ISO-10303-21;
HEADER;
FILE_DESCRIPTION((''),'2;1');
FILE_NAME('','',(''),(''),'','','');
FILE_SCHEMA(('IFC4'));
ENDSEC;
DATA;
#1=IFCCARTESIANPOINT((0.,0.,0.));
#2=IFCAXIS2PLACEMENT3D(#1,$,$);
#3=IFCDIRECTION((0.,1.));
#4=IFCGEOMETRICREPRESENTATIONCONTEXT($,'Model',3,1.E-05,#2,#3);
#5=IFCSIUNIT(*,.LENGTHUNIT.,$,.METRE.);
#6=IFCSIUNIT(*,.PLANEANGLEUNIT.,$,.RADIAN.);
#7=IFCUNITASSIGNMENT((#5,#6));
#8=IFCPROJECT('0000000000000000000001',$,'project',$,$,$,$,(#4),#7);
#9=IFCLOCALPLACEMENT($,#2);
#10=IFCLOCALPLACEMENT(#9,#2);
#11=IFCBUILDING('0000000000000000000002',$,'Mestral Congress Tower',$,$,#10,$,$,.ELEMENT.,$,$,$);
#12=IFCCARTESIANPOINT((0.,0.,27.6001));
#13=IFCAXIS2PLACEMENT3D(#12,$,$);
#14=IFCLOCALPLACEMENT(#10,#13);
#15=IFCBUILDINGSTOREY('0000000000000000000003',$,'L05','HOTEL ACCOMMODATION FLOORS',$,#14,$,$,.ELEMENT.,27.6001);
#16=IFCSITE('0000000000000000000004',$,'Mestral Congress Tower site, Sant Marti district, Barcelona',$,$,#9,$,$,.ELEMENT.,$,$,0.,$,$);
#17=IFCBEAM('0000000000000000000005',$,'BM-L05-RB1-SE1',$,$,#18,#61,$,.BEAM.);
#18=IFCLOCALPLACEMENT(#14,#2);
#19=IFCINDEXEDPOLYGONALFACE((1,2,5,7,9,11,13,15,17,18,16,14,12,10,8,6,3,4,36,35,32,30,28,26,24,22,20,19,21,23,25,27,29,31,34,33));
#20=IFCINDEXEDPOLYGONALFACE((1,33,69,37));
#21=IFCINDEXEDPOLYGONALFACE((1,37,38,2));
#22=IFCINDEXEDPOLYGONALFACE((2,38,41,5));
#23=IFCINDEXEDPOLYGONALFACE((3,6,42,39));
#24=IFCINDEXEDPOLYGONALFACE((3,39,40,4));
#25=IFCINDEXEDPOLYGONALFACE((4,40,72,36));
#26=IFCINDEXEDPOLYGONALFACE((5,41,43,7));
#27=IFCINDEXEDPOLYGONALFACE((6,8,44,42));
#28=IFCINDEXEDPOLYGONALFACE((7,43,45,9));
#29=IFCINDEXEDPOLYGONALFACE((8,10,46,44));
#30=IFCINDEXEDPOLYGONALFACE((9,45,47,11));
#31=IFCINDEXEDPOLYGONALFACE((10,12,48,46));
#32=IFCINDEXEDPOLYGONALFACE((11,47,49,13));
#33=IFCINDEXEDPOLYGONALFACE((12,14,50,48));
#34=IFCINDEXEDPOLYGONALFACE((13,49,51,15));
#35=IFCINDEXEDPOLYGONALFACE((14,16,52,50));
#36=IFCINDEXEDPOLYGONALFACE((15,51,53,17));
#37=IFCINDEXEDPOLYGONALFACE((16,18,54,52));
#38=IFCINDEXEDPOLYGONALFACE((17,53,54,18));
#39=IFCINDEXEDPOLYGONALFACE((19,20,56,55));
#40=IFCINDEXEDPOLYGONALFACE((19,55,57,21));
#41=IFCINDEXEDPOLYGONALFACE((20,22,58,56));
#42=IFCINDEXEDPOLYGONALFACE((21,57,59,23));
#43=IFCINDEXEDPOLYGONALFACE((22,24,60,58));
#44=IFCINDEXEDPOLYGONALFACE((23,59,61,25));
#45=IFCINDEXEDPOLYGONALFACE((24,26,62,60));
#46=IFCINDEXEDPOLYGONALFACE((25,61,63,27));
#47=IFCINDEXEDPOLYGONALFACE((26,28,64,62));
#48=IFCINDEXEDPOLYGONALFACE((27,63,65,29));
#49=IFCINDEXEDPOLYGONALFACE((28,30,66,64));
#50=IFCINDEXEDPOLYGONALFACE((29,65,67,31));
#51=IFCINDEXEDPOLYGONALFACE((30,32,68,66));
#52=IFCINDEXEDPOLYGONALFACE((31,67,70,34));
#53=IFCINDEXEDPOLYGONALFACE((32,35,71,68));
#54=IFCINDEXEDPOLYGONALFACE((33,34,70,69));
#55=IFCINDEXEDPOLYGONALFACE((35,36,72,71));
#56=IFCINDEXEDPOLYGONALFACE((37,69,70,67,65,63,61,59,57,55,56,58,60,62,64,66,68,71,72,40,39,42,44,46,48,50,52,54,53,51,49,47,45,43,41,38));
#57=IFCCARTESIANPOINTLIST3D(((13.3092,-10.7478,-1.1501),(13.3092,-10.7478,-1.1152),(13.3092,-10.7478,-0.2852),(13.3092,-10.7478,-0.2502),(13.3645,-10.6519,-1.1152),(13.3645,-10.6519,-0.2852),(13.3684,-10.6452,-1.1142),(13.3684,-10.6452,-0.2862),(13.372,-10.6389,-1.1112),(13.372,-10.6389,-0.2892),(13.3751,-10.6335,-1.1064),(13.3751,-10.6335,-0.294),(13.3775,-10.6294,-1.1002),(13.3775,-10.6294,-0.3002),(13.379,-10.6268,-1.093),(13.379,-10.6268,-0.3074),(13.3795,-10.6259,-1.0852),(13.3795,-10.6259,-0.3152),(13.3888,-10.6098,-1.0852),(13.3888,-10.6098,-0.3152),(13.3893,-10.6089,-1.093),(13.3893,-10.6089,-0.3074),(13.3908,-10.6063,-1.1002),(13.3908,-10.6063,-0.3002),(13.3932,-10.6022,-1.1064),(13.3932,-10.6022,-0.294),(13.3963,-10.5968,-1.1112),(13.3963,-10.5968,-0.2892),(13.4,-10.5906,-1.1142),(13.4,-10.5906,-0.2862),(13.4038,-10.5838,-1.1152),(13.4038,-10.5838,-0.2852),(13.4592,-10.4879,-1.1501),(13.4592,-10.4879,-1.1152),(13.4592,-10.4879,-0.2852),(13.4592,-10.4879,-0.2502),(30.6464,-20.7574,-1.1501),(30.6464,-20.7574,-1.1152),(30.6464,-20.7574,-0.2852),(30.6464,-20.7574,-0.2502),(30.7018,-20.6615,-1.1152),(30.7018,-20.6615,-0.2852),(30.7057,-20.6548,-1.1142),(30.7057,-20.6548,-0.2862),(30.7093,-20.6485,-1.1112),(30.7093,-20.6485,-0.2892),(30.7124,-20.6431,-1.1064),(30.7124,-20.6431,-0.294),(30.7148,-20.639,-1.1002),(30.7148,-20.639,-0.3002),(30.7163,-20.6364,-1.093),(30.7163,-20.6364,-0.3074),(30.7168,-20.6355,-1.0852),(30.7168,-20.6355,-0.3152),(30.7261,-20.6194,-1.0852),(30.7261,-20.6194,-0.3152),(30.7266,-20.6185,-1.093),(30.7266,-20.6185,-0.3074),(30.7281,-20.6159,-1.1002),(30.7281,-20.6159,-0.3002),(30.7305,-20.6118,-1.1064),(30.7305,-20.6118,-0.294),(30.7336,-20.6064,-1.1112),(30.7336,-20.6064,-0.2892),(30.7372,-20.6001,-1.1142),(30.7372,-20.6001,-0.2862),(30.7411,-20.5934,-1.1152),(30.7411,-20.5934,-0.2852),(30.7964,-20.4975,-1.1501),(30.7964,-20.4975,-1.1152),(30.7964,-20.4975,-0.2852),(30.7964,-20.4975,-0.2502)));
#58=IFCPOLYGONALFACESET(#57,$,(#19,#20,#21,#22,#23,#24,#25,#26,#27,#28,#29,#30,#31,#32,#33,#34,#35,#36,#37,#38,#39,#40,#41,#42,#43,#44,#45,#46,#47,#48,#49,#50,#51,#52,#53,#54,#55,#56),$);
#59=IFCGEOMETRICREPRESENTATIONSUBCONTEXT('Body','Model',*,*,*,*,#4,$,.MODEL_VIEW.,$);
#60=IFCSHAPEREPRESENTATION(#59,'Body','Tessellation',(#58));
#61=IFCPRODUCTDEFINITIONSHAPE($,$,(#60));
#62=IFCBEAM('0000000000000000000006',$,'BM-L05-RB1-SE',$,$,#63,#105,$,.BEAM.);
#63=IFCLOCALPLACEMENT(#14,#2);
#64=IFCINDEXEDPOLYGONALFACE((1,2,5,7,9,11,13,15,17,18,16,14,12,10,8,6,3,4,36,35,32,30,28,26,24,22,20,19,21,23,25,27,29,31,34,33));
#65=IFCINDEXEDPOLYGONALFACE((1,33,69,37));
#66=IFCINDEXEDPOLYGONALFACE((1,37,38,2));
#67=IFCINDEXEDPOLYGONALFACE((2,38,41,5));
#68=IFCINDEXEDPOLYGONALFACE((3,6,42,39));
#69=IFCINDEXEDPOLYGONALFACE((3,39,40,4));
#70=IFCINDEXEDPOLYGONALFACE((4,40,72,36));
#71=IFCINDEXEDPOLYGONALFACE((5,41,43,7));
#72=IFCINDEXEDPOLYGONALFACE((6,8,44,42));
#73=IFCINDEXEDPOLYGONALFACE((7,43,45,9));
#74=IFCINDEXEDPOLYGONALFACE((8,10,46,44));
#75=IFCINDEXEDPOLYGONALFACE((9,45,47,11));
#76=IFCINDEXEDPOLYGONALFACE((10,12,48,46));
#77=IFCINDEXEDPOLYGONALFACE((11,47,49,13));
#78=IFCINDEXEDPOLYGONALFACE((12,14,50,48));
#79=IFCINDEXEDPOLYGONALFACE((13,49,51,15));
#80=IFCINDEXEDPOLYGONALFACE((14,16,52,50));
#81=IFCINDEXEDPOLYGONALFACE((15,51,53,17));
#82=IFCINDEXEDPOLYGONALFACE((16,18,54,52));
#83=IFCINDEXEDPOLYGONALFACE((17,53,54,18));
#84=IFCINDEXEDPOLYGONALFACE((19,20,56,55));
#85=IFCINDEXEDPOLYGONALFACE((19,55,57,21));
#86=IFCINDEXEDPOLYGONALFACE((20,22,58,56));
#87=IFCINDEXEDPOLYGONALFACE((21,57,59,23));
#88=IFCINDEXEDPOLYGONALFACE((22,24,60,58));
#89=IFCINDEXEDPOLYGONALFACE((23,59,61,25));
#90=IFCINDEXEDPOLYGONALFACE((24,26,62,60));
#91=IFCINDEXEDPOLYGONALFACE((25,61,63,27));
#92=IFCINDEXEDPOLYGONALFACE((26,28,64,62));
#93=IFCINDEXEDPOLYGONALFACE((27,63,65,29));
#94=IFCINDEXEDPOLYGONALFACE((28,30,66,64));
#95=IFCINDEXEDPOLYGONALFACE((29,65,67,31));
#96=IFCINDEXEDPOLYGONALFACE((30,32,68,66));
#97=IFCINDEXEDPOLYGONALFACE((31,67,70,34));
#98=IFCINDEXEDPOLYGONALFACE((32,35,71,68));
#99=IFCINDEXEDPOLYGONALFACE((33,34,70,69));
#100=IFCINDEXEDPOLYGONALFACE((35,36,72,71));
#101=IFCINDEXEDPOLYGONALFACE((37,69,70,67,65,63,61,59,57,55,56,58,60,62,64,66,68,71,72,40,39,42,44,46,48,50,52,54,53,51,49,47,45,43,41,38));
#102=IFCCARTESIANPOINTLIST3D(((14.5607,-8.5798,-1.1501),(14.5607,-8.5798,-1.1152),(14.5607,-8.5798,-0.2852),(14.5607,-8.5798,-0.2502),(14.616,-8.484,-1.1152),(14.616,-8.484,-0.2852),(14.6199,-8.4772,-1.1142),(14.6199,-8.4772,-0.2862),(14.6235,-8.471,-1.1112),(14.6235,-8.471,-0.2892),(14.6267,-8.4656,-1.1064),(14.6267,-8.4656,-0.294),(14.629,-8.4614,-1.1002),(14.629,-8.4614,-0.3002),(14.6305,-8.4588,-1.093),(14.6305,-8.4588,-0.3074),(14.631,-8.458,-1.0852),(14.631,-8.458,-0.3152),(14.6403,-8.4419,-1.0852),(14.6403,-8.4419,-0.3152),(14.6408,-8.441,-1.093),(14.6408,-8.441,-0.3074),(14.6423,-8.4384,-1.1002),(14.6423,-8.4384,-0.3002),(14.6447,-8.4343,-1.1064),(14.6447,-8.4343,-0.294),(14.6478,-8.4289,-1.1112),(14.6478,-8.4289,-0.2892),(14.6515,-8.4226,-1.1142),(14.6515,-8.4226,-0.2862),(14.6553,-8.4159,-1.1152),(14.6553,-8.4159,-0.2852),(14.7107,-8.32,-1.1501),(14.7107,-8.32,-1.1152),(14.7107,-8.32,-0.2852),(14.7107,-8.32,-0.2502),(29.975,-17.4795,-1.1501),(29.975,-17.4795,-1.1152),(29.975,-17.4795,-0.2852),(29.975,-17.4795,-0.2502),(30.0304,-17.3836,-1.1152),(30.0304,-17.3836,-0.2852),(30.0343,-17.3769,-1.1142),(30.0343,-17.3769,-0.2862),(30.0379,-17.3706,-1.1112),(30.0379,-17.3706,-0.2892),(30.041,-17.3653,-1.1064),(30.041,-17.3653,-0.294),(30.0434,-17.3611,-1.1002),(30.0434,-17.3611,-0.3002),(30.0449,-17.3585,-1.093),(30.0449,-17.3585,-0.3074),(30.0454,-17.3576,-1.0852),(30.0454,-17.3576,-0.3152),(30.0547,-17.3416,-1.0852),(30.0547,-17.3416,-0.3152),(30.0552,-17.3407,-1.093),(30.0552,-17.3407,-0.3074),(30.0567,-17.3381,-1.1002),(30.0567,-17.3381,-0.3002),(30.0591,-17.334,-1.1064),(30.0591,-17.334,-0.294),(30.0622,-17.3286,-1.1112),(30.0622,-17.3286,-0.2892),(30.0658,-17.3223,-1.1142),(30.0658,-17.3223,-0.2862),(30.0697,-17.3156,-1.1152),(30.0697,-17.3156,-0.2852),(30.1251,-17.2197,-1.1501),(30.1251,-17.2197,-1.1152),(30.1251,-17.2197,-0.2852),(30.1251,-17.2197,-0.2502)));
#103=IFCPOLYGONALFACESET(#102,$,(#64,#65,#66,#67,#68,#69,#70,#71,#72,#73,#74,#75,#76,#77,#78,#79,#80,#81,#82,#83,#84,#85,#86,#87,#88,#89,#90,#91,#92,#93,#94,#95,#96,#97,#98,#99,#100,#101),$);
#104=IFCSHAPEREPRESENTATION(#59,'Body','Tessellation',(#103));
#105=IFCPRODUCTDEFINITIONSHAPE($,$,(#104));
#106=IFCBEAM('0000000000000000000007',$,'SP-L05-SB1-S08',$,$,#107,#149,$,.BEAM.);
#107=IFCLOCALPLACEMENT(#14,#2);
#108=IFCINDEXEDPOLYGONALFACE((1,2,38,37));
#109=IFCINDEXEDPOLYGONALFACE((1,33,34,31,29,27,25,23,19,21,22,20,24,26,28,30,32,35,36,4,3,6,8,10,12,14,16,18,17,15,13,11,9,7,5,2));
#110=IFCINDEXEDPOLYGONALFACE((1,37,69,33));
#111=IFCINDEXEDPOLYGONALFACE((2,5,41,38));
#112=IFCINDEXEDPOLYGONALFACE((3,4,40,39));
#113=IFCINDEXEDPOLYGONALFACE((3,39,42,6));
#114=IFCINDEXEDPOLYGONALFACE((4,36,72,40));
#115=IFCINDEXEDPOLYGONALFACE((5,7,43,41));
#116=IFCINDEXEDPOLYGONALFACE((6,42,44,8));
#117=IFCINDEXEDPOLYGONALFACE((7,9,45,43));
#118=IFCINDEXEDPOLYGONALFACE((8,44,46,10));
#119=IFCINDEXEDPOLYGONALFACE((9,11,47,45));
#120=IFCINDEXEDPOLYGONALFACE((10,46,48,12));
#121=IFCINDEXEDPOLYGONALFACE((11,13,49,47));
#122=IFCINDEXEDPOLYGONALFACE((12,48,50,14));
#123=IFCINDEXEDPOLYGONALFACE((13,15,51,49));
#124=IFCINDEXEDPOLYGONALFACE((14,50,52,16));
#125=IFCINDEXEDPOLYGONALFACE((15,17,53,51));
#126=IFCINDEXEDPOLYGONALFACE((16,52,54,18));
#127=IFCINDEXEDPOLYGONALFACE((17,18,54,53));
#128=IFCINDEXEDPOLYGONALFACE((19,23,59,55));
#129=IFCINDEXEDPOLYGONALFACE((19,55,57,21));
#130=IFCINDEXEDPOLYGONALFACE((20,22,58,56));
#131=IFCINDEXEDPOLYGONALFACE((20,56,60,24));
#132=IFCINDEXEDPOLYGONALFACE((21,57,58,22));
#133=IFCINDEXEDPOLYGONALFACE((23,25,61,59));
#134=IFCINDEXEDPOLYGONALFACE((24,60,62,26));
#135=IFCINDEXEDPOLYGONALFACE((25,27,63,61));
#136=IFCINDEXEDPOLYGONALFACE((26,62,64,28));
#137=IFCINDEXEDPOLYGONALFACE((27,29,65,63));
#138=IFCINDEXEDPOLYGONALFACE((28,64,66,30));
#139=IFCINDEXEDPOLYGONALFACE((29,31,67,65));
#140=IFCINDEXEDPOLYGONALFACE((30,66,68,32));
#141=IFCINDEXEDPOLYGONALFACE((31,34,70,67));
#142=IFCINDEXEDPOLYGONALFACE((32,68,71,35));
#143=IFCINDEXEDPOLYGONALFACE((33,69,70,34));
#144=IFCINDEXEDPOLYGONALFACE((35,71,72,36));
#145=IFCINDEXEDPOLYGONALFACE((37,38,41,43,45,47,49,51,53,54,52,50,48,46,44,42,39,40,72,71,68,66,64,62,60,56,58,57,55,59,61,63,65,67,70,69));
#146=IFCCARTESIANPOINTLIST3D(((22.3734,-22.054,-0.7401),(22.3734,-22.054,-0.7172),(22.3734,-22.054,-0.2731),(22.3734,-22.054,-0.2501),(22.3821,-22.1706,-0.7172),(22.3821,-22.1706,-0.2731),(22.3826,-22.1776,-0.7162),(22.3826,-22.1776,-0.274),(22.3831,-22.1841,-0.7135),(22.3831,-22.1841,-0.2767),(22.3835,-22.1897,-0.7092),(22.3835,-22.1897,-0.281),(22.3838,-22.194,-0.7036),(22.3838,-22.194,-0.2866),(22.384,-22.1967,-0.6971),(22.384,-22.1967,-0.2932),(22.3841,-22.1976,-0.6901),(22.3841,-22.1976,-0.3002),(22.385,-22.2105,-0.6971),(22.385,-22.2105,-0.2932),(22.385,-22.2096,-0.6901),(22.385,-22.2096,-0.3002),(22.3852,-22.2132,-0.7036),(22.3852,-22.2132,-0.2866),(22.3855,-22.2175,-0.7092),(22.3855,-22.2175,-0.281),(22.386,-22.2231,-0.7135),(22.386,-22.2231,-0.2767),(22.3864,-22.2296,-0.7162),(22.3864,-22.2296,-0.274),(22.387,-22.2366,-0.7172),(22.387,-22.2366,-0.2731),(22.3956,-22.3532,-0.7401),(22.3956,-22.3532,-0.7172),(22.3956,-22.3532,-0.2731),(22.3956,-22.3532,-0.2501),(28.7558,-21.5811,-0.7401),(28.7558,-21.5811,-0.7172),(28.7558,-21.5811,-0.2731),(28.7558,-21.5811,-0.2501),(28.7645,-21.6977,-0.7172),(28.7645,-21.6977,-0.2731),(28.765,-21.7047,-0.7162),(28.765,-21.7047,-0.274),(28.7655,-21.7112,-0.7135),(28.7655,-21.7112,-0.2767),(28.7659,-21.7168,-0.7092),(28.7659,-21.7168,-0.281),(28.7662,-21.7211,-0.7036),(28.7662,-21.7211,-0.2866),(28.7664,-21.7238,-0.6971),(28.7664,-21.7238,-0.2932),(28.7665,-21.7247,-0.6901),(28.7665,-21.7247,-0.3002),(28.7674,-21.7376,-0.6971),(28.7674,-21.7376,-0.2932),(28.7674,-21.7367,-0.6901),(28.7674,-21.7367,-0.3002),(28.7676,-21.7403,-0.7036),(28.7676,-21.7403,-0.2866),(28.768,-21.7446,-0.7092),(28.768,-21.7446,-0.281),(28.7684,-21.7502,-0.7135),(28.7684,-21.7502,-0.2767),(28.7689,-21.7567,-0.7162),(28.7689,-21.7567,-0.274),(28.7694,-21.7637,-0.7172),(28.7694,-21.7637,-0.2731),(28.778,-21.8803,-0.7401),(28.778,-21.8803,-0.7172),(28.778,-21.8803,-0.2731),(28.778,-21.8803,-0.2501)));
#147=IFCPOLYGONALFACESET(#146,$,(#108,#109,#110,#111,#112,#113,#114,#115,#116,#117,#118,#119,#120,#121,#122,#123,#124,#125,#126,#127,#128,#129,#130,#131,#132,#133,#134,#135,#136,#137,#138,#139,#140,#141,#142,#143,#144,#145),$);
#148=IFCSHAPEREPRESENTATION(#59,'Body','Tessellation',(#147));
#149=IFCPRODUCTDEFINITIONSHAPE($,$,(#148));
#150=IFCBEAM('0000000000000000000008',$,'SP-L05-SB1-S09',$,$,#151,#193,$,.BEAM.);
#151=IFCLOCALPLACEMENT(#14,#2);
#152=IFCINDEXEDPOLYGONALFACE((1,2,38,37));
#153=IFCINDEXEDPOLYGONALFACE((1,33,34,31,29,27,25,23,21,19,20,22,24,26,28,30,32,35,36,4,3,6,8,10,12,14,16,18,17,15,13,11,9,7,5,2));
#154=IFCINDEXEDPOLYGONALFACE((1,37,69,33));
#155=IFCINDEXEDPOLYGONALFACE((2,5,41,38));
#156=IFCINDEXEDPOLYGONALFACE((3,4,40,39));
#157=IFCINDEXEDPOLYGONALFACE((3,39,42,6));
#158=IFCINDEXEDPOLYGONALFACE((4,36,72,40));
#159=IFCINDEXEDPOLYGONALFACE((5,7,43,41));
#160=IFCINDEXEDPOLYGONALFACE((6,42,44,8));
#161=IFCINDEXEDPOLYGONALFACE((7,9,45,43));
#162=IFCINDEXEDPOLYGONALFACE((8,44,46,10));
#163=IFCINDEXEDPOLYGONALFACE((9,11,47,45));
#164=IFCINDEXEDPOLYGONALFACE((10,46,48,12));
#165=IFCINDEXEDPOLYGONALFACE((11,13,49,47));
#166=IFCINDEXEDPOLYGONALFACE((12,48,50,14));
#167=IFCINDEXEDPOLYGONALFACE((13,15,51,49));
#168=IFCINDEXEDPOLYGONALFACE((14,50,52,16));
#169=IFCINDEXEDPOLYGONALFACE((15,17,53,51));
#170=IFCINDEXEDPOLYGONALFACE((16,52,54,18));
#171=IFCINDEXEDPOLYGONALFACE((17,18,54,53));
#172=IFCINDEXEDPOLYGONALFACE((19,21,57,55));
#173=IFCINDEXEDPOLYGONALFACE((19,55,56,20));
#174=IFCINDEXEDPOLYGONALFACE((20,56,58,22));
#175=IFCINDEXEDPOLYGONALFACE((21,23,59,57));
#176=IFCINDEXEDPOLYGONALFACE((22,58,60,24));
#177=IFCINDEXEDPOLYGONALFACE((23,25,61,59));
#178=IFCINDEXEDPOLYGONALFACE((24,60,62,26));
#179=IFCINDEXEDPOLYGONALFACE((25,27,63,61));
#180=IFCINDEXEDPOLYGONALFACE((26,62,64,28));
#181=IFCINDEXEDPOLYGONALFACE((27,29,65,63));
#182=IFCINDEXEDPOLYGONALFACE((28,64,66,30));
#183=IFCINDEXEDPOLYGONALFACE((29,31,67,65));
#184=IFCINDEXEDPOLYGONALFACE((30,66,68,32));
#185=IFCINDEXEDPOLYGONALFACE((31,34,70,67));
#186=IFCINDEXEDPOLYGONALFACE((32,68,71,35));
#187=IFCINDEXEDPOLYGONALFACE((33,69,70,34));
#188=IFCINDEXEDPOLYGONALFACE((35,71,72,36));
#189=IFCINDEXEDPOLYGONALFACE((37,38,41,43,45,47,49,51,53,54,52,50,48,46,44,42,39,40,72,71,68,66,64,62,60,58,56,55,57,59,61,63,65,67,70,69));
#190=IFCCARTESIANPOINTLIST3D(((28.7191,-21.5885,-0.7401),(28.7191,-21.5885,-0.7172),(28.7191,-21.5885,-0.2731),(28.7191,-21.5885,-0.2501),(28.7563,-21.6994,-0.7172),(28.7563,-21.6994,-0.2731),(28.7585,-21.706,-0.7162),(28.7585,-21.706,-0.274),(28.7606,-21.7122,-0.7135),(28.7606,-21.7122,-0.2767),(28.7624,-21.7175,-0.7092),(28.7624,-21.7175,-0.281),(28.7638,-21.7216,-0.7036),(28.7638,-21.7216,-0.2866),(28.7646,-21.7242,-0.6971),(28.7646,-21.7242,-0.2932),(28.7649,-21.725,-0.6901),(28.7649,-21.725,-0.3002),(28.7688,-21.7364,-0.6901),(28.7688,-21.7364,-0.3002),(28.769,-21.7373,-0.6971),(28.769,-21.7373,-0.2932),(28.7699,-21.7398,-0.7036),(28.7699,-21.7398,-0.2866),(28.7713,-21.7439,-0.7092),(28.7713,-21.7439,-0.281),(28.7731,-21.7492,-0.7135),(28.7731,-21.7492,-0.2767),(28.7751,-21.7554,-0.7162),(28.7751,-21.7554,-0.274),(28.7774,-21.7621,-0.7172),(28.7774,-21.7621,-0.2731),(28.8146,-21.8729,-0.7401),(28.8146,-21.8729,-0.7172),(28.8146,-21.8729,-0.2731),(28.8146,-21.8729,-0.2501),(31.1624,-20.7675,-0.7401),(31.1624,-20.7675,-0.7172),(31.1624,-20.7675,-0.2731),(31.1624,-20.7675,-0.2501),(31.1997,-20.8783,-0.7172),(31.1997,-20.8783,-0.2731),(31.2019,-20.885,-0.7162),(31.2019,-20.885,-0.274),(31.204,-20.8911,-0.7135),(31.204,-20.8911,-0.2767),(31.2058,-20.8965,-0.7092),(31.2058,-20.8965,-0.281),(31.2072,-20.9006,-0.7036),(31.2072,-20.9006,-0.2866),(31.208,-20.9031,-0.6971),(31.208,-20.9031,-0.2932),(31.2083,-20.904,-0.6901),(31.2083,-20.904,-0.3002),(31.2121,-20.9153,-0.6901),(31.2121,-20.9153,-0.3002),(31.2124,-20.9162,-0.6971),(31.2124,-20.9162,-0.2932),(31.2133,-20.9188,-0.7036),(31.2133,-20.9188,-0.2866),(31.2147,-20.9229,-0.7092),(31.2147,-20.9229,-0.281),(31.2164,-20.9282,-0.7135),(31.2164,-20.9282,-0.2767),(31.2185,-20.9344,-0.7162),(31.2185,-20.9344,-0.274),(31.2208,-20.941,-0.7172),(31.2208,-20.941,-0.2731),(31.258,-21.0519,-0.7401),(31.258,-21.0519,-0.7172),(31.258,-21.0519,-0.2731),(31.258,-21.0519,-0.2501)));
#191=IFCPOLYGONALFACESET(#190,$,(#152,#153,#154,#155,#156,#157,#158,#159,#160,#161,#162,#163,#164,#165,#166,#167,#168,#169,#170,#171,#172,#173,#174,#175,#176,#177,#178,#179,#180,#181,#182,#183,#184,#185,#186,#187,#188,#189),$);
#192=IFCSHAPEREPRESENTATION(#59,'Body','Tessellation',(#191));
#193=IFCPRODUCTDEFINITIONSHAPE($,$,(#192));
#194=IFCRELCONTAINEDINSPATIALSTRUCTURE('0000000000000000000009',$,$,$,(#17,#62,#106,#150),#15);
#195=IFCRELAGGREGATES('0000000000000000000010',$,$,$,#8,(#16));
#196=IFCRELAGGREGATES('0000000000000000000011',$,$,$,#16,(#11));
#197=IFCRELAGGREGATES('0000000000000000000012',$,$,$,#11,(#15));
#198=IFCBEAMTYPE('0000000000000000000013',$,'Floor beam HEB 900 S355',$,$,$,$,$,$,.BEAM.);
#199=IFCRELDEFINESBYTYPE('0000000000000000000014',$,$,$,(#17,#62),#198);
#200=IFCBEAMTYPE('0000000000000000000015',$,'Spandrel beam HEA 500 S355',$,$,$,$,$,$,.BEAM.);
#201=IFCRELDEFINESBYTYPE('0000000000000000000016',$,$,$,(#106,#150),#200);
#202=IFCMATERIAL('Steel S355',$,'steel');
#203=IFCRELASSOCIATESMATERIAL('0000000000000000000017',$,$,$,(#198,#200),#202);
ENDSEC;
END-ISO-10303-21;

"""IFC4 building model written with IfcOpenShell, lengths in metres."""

from ifc_helpers import new_model, si_unit, direction, frame, origin, origin_2d, place, context, subcontext, project, spatial, i_section, extrude, material, material_profile, profile_set, type_object, element, save


model = new_model("IFC4")

# Units and contexts
model_context = context("Model", 3, precision=1e-05, world=origin(), true_north=direction((0.0, 1.0)))
body_context = subcontext(model_context, "Body", "Model", "MODEL_VIEW")
ifc_project = project(units=[si_unit("LENGTHUNIT", "METRE"), si_unit("PLANEANGLEUNIT", "RADIAN")], contexts=[model_context])

# Site, building, storey
site_placement = place(None, origin())
site = spatial("IfcSite", under=ifc_project, at=site_placement, Name="Mestral Congress Tower site, Sant Marti district, Barcelona", CompositionType="ELEMENT", RefElevation=0.0)
building_placement = place(site_placement, origin())
building = spatial("IfcBuilding", under=site, at=building_placement, Name="Mestral Congress Tower", CompositionType="ELEMENT")
storey_placement = place(building_placement, frame((0.0, 0.0, 27.6001)))
storey = spatial("IfcBuildingStorey", under=building, at=storey_placement, Name="L05", Description="HOTEL ACCOMMODATION FLOORS", CompositionType="ELEMENT", Elevation=27.6001)

# Beams
ifc_material_1 = material(Name="Steel S355", Category="steel")
ifc_material_profile_1 = material_profile(ifc_material_1, i_section(OverallWidth=0.3, OverallDepth=0.8999, WebThickness=0.0186, FlangeThickness=0.0349, FilletRadius=0.03, at=origin_2d()), Name="HEB 900")
ifc_profile_set_1 = profile_set([ifc_material_profile_1], Name="Steel S355")
beam_type_1 = type_object("IfcBeamType", Name="Floor beam HEB 900 S355", PredefinedType="BEAM", material=ifc_profile_set_1)
beam_1_placement = place(storey_placement, frame((30.7214, -20.6274, -0.7002), z_axis=(-0.866027, 0.499997, 0.0), x_axis=(-0.499997, -0.866027, 0.0)))
element("IfcBeam", 1, at=beam_1_placement, inside=storey, type_object=beam_type_1, Name="BM-L05-RB1-SE1", PredefinedType="BEAM", context=body_context, shape_type="SweptSolid", body=[
    extrude(i_section(OverallWidth=0.3, OverallDepth=0.8999, WebThickness=0.0186, FlangeThickness=0.0349, FilletRadius=0.03, at=origin_2d()), origin(), (0.0, 0.0, 1.0), 20.0193),
])
beam_2_placement = place(storey_placement, frame((30.05, -17.3496, -0.7002), z_axis=(-0.86602, 0.500009, 0.0), x_axis=(-0.500009, -0.86602, 0.0)))
element("IfcBeam", 2, at=beam_2_placement, inside=storey, type_object=beam_type_1, Name="BM-L05-RB1-SE", PredefinedType="BEAM", context=body_context, shape_type="SweptSolid", body=[
    extrude(i_section(OverallWidth=0.3, OverallDepth=0.8999, WebThickness=0.0186, FlangeThickness=0.0349, FilletRadius=0.03, at=origin_2d()), origin(), (0.0, 0.0, 1.0), 17.7991),
])
ifc_material_profile_2 = material_profile(ifc_material_1, i_section(OverallWidth=0.3, OverallDepth=0.49, WebThickness=0.012, FlangeThickness=0.0229, FilletRadius=0.0271, at=origin_2d()), Name="HEA 500")
ifc_profile_set_2 = profile_set([ifc_material_profile_2], Name="Steel S355")
beam_type_2 = type_object("IfcBeamType", Name="Spandrel beam HEA 500 S355", PredefinedType="BEAM", material=ifc_profile_set_2)
beam_3_placement = place(storey_placement, frame((22.3845, -22.2036, -0.4951), z_axis=(0.997266, 0.073893, 0.0), x_axis=(-0.073893, 0.997266, 0.0)))
element("IfcBeam", 3, at=beam_3_placement, inside=storey, type_object=beam_type_2, Name="SP-L05-SB1-S08", PredefinedType="BEAM", context=body_context, shape_type="SweptSolid", body=[
    extrude(i_section(OverallWidth=0.3, OverallDepth=0.49, WebThickness=0.012, FlangeThickness=0.0229, FilletRadius=0.0271, at=origin_2d()), origin(), (0.0, 0.0, 1.0), 6.3999),
])
beam_4_placement = place(storey_placement, frame((28.7668, -21.7307, -0.4951), z_axis=(0.947913, 0.318528, 0.0), x_axis=(-0.318528, 0.947913, 0.0)))
element("IfcBeam", 4, at=beam_4_placement, inside=storey, type_object=beam_type_2, Name="SP-L05-SB1-S09", PredefinedType="BEAM", context=body_context, shape_type="SweptSolid", body=[
    extrude(i_section(OverallWidth=0.3, OverallDepth=0.49, WebThickness=0.012, FlangeThickness=0.0229, FilletRadius=0.0271, at=origin_2d()), origin(), (0.0, 0.0, 1.0), 2.5776),
])

save(model, "model.ifc")
